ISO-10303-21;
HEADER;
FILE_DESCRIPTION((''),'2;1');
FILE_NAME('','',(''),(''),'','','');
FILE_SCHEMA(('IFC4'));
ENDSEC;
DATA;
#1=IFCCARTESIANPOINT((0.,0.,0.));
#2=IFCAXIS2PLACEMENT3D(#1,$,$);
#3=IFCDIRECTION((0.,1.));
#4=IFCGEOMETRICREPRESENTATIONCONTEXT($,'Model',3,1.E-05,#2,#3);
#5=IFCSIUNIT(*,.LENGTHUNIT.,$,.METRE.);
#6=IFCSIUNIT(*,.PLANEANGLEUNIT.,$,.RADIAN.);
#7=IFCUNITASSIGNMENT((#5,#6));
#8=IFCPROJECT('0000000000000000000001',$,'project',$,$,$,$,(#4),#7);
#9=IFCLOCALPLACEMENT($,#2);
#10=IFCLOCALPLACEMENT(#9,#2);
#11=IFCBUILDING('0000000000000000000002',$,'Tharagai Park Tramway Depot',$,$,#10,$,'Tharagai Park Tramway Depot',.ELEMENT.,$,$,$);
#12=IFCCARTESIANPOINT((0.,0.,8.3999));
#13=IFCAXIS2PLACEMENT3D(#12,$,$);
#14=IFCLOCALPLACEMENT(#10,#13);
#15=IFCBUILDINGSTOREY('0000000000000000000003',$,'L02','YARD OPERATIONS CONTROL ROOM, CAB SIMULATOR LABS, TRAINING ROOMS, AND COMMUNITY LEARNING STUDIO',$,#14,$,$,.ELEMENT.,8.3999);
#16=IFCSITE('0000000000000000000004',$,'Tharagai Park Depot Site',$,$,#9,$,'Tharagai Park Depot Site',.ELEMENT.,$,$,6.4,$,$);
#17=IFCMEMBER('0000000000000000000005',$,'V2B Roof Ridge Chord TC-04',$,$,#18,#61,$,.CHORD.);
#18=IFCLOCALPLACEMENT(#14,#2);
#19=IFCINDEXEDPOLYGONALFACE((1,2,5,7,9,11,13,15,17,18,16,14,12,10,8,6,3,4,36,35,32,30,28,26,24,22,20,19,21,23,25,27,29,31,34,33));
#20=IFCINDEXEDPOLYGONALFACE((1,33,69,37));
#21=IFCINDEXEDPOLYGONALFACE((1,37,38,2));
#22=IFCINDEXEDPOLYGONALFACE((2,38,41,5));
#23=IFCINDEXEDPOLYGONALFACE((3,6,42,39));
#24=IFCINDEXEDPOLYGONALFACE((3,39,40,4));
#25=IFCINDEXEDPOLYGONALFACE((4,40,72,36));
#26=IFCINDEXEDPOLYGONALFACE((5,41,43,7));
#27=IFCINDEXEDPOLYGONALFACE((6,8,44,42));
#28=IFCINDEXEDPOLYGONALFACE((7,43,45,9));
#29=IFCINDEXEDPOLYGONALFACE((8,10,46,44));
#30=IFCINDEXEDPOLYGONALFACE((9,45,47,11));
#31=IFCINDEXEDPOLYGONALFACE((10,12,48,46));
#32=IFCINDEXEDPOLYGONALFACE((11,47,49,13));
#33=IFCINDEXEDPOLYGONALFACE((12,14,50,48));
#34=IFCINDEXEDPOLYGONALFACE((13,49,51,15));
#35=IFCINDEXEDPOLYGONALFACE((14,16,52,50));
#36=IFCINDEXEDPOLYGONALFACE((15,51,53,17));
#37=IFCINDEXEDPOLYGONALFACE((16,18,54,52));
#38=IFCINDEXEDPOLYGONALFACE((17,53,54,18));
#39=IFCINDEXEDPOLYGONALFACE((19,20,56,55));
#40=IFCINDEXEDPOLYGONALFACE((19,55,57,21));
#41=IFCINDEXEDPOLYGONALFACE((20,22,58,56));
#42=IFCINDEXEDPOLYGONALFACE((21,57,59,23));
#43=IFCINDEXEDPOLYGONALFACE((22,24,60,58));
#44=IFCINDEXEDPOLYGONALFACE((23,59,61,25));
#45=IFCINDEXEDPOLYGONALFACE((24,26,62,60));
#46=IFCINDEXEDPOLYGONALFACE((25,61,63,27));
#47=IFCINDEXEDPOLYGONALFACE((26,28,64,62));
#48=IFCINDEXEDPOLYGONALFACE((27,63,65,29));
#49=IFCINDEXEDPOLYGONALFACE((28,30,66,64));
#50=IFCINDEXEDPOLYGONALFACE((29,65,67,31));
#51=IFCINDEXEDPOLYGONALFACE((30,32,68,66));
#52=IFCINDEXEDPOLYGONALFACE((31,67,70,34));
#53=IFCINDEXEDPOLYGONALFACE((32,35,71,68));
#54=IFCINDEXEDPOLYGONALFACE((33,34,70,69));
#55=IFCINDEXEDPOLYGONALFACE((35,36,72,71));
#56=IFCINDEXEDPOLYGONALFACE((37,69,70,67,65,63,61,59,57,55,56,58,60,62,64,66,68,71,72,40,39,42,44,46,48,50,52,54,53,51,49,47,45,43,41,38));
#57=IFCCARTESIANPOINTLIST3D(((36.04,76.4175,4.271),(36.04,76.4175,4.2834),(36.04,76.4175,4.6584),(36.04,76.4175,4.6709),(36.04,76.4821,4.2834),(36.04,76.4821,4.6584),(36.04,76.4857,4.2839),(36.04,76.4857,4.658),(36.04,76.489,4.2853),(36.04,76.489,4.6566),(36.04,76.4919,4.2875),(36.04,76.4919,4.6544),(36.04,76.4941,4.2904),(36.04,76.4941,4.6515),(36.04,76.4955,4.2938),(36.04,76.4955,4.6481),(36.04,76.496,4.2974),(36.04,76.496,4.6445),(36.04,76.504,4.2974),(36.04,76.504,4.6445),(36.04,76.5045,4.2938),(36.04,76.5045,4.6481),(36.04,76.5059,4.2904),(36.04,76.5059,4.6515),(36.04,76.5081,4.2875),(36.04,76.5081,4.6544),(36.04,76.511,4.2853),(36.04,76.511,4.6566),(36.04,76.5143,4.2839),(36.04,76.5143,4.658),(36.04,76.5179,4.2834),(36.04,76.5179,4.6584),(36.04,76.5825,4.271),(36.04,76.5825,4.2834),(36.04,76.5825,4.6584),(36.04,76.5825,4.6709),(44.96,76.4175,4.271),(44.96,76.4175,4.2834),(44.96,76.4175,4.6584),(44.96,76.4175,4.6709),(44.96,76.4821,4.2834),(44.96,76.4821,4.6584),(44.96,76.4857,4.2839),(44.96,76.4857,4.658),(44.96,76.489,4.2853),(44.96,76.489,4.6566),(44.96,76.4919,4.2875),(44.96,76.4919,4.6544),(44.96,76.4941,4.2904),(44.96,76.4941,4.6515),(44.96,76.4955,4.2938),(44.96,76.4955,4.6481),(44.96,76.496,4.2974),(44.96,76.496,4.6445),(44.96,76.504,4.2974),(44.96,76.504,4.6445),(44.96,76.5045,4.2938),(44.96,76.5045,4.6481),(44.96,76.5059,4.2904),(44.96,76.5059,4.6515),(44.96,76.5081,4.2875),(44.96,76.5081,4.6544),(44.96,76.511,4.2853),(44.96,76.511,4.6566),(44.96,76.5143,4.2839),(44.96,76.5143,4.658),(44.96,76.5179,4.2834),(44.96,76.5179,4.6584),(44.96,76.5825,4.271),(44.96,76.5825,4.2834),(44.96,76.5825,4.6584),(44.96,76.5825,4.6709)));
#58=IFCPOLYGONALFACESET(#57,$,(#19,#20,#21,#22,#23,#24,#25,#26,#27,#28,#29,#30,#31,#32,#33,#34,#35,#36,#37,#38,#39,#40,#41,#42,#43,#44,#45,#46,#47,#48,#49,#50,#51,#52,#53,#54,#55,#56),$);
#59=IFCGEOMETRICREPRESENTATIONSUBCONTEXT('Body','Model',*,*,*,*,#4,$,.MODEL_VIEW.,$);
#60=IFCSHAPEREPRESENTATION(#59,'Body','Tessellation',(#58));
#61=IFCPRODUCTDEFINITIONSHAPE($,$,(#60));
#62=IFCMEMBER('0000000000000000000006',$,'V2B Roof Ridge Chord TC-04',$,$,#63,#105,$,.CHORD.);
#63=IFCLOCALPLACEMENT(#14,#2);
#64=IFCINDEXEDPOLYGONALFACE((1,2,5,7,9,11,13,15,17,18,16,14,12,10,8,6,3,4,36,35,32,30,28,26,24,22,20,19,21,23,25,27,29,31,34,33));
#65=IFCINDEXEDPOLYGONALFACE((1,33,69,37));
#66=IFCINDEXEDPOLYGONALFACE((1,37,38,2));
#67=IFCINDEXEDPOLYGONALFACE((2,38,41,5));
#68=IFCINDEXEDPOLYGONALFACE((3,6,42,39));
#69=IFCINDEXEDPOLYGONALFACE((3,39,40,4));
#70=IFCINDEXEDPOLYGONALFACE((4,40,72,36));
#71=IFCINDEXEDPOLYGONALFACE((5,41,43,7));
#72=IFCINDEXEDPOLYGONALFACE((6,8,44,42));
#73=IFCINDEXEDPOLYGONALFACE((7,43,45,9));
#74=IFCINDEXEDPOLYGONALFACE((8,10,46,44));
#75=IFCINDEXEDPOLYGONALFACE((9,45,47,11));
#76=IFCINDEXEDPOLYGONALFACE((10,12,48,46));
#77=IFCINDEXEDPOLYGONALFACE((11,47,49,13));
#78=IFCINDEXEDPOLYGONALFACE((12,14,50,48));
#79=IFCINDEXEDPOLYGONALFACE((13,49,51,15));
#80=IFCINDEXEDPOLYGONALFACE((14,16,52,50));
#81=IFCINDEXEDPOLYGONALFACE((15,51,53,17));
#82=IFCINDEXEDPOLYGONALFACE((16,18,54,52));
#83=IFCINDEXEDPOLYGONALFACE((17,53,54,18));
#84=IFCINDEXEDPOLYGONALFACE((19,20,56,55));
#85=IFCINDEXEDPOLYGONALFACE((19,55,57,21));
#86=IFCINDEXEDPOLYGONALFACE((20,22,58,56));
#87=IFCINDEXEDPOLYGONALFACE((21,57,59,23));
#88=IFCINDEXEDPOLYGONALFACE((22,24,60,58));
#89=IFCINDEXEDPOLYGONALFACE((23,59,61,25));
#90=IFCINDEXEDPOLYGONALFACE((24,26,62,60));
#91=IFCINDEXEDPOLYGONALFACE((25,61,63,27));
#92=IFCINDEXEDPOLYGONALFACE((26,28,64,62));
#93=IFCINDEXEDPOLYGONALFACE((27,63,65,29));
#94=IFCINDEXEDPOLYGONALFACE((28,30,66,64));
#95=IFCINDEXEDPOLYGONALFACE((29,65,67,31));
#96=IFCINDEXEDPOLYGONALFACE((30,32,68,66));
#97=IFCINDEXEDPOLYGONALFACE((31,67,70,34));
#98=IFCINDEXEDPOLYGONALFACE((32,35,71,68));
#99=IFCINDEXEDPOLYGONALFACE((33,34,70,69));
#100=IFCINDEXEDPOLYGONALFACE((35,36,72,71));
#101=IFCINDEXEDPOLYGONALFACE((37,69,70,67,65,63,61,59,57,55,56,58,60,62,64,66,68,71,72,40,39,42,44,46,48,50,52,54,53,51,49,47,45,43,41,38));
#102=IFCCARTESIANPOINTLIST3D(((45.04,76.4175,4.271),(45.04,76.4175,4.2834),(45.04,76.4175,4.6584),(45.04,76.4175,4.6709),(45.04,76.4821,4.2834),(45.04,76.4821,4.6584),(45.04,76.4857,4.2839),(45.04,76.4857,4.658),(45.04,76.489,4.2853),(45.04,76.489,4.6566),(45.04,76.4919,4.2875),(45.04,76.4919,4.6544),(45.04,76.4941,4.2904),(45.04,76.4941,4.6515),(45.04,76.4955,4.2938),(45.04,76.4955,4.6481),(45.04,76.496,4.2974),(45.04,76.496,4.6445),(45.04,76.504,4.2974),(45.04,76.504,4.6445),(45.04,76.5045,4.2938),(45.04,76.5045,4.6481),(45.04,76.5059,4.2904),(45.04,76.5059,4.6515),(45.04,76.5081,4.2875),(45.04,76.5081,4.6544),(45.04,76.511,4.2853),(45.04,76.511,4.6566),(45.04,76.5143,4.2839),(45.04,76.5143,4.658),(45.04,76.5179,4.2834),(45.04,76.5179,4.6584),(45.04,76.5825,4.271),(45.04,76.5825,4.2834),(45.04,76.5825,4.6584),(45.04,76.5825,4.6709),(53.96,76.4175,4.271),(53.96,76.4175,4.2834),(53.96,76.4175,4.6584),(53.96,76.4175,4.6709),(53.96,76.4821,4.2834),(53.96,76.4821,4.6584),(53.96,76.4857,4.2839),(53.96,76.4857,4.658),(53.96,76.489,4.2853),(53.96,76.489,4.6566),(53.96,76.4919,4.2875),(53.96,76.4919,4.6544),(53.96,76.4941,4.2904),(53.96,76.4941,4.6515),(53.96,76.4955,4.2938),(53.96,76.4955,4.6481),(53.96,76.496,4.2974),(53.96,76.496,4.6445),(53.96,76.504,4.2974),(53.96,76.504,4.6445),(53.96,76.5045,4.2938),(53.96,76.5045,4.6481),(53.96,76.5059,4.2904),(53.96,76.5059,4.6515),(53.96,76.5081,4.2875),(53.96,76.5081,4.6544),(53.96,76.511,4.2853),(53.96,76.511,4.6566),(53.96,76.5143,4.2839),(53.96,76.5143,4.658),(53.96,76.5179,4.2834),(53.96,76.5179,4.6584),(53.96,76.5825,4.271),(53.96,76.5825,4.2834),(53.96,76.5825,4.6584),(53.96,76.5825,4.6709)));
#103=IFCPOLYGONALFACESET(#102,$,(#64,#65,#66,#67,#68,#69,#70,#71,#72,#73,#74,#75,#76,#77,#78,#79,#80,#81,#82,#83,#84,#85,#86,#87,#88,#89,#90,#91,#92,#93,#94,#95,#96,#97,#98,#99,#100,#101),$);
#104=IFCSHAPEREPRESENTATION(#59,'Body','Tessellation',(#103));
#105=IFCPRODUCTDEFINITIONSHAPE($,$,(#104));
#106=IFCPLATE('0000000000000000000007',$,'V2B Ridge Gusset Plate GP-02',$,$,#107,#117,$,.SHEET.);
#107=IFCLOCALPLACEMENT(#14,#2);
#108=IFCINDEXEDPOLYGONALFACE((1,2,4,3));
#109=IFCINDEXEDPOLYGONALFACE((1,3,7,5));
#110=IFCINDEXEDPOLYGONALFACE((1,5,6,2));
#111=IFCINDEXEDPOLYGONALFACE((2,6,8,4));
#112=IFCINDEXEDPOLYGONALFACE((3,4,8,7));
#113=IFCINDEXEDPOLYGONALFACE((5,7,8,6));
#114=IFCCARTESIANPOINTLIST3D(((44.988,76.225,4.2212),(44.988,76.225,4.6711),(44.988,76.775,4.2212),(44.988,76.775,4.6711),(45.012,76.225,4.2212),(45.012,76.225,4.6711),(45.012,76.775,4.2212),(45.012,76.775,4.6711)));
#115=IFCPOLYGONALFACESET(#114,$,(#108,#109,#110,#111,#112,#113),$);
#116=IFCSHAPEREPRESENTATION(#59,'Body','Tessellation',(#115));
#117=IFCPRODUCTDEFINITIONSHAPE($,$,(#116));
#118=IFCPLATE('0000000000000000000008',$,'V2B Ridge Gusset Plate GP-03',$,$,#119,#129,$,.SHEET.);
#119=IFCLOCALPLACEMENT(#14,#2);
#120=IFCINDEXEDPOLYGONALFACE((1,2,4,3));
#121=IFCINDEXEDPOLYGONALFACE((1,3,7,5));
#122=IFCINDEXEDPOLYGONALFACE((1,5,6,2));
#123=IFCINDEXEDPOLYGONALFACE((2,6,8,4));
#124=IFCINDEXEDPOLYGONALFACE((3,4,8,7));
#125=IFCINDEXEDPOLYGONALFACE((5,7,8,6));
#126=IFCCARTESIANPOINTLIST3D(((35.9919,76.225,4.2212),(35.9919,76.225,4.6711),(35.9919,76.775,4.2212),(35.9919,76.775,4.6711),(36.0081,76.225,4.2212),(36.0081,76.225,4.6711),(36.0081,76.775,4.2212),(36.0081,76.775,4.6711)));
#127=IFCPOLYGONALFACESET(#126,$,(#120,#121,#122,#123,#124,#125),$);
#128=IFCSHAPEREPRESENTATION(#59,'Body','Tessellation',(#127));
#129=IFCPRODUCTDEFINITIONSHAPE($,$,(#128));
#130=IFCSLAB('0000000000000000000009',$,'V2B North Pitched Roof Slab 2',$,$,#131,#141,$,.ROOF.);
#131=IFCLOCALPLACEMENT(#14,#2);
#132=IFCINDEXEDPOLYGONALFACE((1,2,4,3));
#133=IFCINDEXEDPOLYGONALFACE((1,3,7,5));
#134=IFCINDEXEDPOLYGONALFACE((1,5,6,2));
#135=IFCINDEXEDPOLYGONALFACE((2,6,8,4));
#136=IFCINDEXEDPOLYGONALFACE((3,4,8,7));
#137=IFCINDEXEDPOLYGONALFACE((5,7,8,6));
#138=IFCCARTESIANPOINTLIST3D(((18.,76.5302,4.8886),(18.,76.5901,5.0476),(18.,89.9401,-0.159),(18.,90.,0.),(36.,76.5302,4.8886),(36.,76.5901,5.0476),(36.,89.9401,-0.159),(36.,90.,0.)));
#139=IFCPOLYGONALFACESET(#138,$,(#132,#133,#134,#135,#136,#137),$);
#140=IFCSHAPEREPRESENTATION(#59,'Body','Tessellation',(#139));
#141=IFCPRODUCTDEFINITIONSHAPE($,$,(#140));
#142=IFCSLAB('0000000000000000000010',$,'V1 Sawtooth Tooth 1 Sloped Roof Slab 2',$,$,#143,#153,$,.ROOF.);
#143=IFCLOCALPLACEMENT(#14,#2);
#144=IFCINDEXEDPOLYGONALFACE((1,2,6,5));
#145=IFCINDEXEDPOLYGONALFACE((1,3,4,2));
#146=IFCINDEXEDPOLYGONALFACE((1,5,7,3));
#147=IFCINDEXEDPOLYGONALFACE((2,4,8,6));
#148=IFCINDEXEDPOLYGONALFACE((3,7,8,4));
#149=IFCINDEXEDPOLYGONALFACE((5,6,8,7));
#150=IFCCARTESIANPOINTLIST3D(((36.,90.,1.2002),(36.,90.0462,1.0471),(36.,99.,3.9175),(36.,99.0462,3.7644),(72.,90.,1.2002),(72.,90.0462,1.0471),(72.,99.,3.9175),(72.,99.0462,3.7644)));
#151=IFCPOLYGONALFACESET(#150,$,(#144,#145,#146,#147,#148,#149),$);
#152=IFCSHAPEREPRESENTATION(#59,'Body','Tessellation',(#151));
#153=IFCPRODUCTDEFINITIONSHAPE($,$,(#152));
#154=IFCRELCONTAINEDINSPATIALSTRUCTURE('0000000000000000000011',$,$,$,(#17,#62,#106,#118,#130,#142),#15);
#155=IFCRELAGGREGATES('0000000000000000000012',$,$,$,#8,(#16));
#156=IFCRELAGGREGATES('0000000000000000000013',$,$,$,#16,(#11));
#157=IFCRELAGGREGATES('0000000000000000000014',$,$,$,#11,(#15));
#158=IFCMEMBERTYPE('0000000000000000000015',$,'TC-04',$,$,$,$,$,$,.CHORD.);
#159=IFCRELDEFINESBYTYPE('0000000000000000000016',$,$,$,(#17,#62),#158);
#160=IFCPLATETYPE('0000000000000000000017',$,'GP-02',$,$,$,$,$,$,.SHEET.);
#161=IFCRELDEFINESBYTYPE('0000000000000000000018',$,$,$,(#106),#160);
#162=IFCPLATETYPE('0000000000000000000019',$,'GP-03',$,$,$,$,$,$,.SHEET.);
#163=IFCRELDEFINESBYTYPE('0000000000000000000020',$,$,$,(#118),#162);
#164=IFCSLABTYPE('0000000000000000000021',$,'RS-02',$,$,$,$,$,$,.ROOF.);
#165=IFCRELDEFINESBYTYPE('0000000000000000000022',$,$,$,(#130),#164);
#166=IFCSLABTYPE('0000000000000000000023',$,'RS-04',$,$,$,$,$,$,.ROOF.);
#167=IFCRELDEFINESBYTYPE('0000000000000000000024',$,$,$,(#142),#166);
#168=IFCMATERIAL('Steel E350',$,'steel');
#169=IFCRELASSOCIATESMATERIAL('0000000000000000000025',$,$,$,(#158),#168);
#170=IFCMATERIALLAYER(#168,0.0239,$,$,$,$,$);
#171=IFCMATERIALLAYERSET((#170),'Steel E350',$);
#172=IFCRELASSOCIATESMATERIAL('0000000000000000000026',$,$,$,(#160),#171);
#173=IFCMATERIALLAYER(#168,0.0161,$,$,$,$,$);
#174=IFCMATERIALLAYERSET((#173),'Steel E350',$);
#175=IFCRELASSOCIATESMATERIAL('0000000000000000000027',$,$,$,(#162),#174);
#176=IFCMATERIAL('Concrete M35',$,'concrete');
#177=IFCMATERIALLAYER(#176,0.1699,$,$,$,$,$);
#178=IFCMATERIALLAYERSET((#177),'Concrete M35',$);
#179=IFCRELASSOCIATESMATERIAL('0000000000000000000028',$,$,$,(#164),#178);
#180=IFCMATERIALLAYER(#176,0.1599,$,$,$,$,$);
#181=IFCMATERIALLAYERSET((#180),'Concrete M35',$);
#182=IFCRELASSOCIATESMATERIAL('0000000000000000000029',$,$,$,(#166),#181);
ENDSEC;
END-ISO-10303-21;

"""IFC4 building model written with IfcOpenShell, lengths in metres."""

from ifc_helpers import new_model, si_unit, direction, frame, origin, origin_2d, place, context, subcontext, project, spatial, polyline, rectangle, i_section, outline, extrude, material, layer, layer_set, material_profile, profile_set, type_object, element, save


model = new_model("IFC4")

# Units and contexts
model_context = context("Model", 3, precision=1e-05, world=origin(), true_north=direction((0.0, 1.0)))
body_context = subcontext(model_context, "Body", "Model", "MODEL_VIEW")
ifc_project = project(units=[si_unit("LENGTHUNIT", "METRE"), si_unit("PLANEANGLEUNIT", "RADIAN")], contexts=[model_context])

# Site, building, storey
site_placement = place(None, origin())
site = spatial("IfcSite", under=ifc_project, at=site_placement, Name="Tharagai Park Depot Site", LongName="Tharagai Park Depot Site", CompositionType="ELEMENT", RefElevation=6.4)
building_placement = place(site_placement, origin())
building = spatial("IfcBuilding", under=site, at=building_placement, Name="Tharagai Park Tramway Depot", LongName="Tharagai Park Tramway Depot", CompositionType="ELEMENT")
storey_placement = place(building_placement, frame((0.0, 0.0, 8.3999)))
storey = spatial("IfcBuildingStorey", under=building, at=storey_placement, Name="L02", Description="YARD OPERATIONS CONTROL ROOM, CAB SIMULATOR LABS, TRAINING ROOMS, AND COMMUNITY LEARNING STUDIO", CompositionType="ELEMENT", Elevation=8.3999)

# Shared definitions
ifc_material_1 = material(Name="Steel E350", Category="steel")

# Members
ifc_material_profile_1 = material_profile(ifc_material_1, i_section(OverallWidth=0.165, OverallDepth=0.3999, WebThickness=0.0081, FlangeThickness=0.0125, FilletRadius=0.0139, at=origin_2d()), Name="ISLB 400")
ifc_profile_set_1 = profile_set([ifc_material_profile_1], Name="Steel E350")
member_type_1 = type_object("IfcMemberType", Name="TC-04", PredefinedType="CHORD", material=ifc_profile_set_1)
for number, where, z_axis, x_axis, name in (
    (1, (36.04, 76.5, 4.4709), (1.0, 0.0, 0.0), (0.0, 1.0, 0.0), "V2B Roof Ridge Chord TC-04"),
    (2, (45.04, 76.5, 4.4709), (1.0, 0.0, 0.0), (0.0, 1.0, 0.0), "V2B Roof Ridge Chord TC-04"),
):
    element("IfcMember", number, at=place(storey_placement, frame(where, z_axis=z_axis, x_axis=x_axis)), inside=storey, type_object=member_type_1, Name=name, PredefinedType="CHORD", context=body_context, shape_type="SweptSolid", body=[
        extrude(i_section(OverallWidth=0.165, OverallDepth=0.3999, WebThickness=0.0081, FlangeThickness=0.0125, FilletRadius=0.0139, at=origin_2d()), origin(), (0.0, 0.0, 1.0), 8.9199),
    ])

# Plates
ifc_layer_1 = layer(ifc_material_1, 0.0239)
ifc_layer_set_1 = layer_set([ifc_layer_1], Name="Steel E350")
plate_type_1 = type_object("IfcPlateType", Name="GP-02", PredefinedType="SHEET", material=ifc_layer_set_1)
plate_1_placement = place(storey_placement, frame((45.0, 76.5, 4.2212), z_axis=(0.0, 0.0, 1.0), x_axis=(1.0, 0.0, 0.0)))
element("IfcPlate", 3, at=plate_1_placement, inside=storey, type_object=plate_type_1, Name="V2B Ridge Gusset Plate GP-02", PredefinedType="SHEET", context=body_context, shape_type="SweptSolid", body=[
    extrude(rectangle(XDim=0.0239, YDim=0.55, at=origin_2d()), origin(), (0.0, 0.0, 1.0), 0.45),
])
ifc_layer_2 = layer(ifc_material_1, 0.0161)
ifc_layer_set_2 = layer_set([ifc_layer_2], Name="Steel E350")
plate_type_2 = type_object("IfcPlateType", Name="GP-03", PredefinedType="SHEET", material=ifc_layer_set_2)
plate_2_placement = place(storey_placement, frame((36.0, 76.5, 4.2212), z_axis=(0.0, 0.0, 1.0), x_axis=(1.0, 0.0, 0.0)))
element("IfcPlate", 4, at=plate_2_placement, inside=storey, type_object=plate_type_2, Name="V2B Ridge Gusset Plate GP-03", PredefinedType="SHEET", context=body_context, shape_type="SweptSolid", body=[
    extrude(rectangle(XDim=0.0161, YDim=0.55, at=origin_2d()), origin(), (0.0, 0.0, 1.0), 0.45),
])

# Slabs
ifc_material_2 = material(Name="Concrete M35", Category="concrete")
ifc_layer_3 = layer(ifc_material_2, 0.1699)
ifc_layer_set_3 = layer_set([ifc_layer_3], Name="Concrete M35")
slab_type_1 = type_object("IfcSlabType", Name="RS-02", PredefinedType="ROOF", material=ifc_layer_set_3)
slab_1_placement = place(storey_placement, frame((36.0, 90.0, 0.0), z_axis=(0.0, 0.352279, 0.935895), x_axis=(-1.0, 0.0, 0.0)))
element("IfcSlab", 5, at=slab_1_placement, inside=storey, type_object=slab_type_1, Name="V2B North Pitched Roof Slab 2", PredefinedType="ROOF", context=body_context, shape_type="SweptSolid", body=[
    extrude(outline(polyline([(0.0, 0.0), (18.0, 0.0), (18.0, 14.3284), (0.0, 14.3284), (0.0, 0.0)])), origin(), (0.0, 0.0, -1.0), 0.1699),
])
ifc_layer_4 = layer(ifc_material_2, 0.1599)
ifc_layer_set_4 = layer_set([ifc_layer_4], Name="Concrete M35")
slab_type_2 = type_object("IfcSlabType", Name="RS-04", PredefinedType="ROOF", material=ifc_layer_set_4)
slab_2_placement = place(storey_placement, frame((36.0, 90.0, 1.2002), z_axis=(0.0, -0.289034, 0.957319), x_axis=(1.0, 0.0, 0.0)))
element("IfcSlab", 6, at=slab_2_placement, inside=storey, type_object=slab_type_2, Name="V1 Sawtooth Tooth 1 Sloped Roof Slab 2", PredefinedType="ROOF", context=body_context, shape_type="SweptSolid", body=[
    extrude(outline(polyline([(0.0, 0.0), (36.0, 0.0), (36.0, 9.4013), (0.0, 9.4013), (0.0, 0.0)])), origin(), (0.0, 0.0, -1.0), 0.1599),
])

save(model, "model.ifc")
